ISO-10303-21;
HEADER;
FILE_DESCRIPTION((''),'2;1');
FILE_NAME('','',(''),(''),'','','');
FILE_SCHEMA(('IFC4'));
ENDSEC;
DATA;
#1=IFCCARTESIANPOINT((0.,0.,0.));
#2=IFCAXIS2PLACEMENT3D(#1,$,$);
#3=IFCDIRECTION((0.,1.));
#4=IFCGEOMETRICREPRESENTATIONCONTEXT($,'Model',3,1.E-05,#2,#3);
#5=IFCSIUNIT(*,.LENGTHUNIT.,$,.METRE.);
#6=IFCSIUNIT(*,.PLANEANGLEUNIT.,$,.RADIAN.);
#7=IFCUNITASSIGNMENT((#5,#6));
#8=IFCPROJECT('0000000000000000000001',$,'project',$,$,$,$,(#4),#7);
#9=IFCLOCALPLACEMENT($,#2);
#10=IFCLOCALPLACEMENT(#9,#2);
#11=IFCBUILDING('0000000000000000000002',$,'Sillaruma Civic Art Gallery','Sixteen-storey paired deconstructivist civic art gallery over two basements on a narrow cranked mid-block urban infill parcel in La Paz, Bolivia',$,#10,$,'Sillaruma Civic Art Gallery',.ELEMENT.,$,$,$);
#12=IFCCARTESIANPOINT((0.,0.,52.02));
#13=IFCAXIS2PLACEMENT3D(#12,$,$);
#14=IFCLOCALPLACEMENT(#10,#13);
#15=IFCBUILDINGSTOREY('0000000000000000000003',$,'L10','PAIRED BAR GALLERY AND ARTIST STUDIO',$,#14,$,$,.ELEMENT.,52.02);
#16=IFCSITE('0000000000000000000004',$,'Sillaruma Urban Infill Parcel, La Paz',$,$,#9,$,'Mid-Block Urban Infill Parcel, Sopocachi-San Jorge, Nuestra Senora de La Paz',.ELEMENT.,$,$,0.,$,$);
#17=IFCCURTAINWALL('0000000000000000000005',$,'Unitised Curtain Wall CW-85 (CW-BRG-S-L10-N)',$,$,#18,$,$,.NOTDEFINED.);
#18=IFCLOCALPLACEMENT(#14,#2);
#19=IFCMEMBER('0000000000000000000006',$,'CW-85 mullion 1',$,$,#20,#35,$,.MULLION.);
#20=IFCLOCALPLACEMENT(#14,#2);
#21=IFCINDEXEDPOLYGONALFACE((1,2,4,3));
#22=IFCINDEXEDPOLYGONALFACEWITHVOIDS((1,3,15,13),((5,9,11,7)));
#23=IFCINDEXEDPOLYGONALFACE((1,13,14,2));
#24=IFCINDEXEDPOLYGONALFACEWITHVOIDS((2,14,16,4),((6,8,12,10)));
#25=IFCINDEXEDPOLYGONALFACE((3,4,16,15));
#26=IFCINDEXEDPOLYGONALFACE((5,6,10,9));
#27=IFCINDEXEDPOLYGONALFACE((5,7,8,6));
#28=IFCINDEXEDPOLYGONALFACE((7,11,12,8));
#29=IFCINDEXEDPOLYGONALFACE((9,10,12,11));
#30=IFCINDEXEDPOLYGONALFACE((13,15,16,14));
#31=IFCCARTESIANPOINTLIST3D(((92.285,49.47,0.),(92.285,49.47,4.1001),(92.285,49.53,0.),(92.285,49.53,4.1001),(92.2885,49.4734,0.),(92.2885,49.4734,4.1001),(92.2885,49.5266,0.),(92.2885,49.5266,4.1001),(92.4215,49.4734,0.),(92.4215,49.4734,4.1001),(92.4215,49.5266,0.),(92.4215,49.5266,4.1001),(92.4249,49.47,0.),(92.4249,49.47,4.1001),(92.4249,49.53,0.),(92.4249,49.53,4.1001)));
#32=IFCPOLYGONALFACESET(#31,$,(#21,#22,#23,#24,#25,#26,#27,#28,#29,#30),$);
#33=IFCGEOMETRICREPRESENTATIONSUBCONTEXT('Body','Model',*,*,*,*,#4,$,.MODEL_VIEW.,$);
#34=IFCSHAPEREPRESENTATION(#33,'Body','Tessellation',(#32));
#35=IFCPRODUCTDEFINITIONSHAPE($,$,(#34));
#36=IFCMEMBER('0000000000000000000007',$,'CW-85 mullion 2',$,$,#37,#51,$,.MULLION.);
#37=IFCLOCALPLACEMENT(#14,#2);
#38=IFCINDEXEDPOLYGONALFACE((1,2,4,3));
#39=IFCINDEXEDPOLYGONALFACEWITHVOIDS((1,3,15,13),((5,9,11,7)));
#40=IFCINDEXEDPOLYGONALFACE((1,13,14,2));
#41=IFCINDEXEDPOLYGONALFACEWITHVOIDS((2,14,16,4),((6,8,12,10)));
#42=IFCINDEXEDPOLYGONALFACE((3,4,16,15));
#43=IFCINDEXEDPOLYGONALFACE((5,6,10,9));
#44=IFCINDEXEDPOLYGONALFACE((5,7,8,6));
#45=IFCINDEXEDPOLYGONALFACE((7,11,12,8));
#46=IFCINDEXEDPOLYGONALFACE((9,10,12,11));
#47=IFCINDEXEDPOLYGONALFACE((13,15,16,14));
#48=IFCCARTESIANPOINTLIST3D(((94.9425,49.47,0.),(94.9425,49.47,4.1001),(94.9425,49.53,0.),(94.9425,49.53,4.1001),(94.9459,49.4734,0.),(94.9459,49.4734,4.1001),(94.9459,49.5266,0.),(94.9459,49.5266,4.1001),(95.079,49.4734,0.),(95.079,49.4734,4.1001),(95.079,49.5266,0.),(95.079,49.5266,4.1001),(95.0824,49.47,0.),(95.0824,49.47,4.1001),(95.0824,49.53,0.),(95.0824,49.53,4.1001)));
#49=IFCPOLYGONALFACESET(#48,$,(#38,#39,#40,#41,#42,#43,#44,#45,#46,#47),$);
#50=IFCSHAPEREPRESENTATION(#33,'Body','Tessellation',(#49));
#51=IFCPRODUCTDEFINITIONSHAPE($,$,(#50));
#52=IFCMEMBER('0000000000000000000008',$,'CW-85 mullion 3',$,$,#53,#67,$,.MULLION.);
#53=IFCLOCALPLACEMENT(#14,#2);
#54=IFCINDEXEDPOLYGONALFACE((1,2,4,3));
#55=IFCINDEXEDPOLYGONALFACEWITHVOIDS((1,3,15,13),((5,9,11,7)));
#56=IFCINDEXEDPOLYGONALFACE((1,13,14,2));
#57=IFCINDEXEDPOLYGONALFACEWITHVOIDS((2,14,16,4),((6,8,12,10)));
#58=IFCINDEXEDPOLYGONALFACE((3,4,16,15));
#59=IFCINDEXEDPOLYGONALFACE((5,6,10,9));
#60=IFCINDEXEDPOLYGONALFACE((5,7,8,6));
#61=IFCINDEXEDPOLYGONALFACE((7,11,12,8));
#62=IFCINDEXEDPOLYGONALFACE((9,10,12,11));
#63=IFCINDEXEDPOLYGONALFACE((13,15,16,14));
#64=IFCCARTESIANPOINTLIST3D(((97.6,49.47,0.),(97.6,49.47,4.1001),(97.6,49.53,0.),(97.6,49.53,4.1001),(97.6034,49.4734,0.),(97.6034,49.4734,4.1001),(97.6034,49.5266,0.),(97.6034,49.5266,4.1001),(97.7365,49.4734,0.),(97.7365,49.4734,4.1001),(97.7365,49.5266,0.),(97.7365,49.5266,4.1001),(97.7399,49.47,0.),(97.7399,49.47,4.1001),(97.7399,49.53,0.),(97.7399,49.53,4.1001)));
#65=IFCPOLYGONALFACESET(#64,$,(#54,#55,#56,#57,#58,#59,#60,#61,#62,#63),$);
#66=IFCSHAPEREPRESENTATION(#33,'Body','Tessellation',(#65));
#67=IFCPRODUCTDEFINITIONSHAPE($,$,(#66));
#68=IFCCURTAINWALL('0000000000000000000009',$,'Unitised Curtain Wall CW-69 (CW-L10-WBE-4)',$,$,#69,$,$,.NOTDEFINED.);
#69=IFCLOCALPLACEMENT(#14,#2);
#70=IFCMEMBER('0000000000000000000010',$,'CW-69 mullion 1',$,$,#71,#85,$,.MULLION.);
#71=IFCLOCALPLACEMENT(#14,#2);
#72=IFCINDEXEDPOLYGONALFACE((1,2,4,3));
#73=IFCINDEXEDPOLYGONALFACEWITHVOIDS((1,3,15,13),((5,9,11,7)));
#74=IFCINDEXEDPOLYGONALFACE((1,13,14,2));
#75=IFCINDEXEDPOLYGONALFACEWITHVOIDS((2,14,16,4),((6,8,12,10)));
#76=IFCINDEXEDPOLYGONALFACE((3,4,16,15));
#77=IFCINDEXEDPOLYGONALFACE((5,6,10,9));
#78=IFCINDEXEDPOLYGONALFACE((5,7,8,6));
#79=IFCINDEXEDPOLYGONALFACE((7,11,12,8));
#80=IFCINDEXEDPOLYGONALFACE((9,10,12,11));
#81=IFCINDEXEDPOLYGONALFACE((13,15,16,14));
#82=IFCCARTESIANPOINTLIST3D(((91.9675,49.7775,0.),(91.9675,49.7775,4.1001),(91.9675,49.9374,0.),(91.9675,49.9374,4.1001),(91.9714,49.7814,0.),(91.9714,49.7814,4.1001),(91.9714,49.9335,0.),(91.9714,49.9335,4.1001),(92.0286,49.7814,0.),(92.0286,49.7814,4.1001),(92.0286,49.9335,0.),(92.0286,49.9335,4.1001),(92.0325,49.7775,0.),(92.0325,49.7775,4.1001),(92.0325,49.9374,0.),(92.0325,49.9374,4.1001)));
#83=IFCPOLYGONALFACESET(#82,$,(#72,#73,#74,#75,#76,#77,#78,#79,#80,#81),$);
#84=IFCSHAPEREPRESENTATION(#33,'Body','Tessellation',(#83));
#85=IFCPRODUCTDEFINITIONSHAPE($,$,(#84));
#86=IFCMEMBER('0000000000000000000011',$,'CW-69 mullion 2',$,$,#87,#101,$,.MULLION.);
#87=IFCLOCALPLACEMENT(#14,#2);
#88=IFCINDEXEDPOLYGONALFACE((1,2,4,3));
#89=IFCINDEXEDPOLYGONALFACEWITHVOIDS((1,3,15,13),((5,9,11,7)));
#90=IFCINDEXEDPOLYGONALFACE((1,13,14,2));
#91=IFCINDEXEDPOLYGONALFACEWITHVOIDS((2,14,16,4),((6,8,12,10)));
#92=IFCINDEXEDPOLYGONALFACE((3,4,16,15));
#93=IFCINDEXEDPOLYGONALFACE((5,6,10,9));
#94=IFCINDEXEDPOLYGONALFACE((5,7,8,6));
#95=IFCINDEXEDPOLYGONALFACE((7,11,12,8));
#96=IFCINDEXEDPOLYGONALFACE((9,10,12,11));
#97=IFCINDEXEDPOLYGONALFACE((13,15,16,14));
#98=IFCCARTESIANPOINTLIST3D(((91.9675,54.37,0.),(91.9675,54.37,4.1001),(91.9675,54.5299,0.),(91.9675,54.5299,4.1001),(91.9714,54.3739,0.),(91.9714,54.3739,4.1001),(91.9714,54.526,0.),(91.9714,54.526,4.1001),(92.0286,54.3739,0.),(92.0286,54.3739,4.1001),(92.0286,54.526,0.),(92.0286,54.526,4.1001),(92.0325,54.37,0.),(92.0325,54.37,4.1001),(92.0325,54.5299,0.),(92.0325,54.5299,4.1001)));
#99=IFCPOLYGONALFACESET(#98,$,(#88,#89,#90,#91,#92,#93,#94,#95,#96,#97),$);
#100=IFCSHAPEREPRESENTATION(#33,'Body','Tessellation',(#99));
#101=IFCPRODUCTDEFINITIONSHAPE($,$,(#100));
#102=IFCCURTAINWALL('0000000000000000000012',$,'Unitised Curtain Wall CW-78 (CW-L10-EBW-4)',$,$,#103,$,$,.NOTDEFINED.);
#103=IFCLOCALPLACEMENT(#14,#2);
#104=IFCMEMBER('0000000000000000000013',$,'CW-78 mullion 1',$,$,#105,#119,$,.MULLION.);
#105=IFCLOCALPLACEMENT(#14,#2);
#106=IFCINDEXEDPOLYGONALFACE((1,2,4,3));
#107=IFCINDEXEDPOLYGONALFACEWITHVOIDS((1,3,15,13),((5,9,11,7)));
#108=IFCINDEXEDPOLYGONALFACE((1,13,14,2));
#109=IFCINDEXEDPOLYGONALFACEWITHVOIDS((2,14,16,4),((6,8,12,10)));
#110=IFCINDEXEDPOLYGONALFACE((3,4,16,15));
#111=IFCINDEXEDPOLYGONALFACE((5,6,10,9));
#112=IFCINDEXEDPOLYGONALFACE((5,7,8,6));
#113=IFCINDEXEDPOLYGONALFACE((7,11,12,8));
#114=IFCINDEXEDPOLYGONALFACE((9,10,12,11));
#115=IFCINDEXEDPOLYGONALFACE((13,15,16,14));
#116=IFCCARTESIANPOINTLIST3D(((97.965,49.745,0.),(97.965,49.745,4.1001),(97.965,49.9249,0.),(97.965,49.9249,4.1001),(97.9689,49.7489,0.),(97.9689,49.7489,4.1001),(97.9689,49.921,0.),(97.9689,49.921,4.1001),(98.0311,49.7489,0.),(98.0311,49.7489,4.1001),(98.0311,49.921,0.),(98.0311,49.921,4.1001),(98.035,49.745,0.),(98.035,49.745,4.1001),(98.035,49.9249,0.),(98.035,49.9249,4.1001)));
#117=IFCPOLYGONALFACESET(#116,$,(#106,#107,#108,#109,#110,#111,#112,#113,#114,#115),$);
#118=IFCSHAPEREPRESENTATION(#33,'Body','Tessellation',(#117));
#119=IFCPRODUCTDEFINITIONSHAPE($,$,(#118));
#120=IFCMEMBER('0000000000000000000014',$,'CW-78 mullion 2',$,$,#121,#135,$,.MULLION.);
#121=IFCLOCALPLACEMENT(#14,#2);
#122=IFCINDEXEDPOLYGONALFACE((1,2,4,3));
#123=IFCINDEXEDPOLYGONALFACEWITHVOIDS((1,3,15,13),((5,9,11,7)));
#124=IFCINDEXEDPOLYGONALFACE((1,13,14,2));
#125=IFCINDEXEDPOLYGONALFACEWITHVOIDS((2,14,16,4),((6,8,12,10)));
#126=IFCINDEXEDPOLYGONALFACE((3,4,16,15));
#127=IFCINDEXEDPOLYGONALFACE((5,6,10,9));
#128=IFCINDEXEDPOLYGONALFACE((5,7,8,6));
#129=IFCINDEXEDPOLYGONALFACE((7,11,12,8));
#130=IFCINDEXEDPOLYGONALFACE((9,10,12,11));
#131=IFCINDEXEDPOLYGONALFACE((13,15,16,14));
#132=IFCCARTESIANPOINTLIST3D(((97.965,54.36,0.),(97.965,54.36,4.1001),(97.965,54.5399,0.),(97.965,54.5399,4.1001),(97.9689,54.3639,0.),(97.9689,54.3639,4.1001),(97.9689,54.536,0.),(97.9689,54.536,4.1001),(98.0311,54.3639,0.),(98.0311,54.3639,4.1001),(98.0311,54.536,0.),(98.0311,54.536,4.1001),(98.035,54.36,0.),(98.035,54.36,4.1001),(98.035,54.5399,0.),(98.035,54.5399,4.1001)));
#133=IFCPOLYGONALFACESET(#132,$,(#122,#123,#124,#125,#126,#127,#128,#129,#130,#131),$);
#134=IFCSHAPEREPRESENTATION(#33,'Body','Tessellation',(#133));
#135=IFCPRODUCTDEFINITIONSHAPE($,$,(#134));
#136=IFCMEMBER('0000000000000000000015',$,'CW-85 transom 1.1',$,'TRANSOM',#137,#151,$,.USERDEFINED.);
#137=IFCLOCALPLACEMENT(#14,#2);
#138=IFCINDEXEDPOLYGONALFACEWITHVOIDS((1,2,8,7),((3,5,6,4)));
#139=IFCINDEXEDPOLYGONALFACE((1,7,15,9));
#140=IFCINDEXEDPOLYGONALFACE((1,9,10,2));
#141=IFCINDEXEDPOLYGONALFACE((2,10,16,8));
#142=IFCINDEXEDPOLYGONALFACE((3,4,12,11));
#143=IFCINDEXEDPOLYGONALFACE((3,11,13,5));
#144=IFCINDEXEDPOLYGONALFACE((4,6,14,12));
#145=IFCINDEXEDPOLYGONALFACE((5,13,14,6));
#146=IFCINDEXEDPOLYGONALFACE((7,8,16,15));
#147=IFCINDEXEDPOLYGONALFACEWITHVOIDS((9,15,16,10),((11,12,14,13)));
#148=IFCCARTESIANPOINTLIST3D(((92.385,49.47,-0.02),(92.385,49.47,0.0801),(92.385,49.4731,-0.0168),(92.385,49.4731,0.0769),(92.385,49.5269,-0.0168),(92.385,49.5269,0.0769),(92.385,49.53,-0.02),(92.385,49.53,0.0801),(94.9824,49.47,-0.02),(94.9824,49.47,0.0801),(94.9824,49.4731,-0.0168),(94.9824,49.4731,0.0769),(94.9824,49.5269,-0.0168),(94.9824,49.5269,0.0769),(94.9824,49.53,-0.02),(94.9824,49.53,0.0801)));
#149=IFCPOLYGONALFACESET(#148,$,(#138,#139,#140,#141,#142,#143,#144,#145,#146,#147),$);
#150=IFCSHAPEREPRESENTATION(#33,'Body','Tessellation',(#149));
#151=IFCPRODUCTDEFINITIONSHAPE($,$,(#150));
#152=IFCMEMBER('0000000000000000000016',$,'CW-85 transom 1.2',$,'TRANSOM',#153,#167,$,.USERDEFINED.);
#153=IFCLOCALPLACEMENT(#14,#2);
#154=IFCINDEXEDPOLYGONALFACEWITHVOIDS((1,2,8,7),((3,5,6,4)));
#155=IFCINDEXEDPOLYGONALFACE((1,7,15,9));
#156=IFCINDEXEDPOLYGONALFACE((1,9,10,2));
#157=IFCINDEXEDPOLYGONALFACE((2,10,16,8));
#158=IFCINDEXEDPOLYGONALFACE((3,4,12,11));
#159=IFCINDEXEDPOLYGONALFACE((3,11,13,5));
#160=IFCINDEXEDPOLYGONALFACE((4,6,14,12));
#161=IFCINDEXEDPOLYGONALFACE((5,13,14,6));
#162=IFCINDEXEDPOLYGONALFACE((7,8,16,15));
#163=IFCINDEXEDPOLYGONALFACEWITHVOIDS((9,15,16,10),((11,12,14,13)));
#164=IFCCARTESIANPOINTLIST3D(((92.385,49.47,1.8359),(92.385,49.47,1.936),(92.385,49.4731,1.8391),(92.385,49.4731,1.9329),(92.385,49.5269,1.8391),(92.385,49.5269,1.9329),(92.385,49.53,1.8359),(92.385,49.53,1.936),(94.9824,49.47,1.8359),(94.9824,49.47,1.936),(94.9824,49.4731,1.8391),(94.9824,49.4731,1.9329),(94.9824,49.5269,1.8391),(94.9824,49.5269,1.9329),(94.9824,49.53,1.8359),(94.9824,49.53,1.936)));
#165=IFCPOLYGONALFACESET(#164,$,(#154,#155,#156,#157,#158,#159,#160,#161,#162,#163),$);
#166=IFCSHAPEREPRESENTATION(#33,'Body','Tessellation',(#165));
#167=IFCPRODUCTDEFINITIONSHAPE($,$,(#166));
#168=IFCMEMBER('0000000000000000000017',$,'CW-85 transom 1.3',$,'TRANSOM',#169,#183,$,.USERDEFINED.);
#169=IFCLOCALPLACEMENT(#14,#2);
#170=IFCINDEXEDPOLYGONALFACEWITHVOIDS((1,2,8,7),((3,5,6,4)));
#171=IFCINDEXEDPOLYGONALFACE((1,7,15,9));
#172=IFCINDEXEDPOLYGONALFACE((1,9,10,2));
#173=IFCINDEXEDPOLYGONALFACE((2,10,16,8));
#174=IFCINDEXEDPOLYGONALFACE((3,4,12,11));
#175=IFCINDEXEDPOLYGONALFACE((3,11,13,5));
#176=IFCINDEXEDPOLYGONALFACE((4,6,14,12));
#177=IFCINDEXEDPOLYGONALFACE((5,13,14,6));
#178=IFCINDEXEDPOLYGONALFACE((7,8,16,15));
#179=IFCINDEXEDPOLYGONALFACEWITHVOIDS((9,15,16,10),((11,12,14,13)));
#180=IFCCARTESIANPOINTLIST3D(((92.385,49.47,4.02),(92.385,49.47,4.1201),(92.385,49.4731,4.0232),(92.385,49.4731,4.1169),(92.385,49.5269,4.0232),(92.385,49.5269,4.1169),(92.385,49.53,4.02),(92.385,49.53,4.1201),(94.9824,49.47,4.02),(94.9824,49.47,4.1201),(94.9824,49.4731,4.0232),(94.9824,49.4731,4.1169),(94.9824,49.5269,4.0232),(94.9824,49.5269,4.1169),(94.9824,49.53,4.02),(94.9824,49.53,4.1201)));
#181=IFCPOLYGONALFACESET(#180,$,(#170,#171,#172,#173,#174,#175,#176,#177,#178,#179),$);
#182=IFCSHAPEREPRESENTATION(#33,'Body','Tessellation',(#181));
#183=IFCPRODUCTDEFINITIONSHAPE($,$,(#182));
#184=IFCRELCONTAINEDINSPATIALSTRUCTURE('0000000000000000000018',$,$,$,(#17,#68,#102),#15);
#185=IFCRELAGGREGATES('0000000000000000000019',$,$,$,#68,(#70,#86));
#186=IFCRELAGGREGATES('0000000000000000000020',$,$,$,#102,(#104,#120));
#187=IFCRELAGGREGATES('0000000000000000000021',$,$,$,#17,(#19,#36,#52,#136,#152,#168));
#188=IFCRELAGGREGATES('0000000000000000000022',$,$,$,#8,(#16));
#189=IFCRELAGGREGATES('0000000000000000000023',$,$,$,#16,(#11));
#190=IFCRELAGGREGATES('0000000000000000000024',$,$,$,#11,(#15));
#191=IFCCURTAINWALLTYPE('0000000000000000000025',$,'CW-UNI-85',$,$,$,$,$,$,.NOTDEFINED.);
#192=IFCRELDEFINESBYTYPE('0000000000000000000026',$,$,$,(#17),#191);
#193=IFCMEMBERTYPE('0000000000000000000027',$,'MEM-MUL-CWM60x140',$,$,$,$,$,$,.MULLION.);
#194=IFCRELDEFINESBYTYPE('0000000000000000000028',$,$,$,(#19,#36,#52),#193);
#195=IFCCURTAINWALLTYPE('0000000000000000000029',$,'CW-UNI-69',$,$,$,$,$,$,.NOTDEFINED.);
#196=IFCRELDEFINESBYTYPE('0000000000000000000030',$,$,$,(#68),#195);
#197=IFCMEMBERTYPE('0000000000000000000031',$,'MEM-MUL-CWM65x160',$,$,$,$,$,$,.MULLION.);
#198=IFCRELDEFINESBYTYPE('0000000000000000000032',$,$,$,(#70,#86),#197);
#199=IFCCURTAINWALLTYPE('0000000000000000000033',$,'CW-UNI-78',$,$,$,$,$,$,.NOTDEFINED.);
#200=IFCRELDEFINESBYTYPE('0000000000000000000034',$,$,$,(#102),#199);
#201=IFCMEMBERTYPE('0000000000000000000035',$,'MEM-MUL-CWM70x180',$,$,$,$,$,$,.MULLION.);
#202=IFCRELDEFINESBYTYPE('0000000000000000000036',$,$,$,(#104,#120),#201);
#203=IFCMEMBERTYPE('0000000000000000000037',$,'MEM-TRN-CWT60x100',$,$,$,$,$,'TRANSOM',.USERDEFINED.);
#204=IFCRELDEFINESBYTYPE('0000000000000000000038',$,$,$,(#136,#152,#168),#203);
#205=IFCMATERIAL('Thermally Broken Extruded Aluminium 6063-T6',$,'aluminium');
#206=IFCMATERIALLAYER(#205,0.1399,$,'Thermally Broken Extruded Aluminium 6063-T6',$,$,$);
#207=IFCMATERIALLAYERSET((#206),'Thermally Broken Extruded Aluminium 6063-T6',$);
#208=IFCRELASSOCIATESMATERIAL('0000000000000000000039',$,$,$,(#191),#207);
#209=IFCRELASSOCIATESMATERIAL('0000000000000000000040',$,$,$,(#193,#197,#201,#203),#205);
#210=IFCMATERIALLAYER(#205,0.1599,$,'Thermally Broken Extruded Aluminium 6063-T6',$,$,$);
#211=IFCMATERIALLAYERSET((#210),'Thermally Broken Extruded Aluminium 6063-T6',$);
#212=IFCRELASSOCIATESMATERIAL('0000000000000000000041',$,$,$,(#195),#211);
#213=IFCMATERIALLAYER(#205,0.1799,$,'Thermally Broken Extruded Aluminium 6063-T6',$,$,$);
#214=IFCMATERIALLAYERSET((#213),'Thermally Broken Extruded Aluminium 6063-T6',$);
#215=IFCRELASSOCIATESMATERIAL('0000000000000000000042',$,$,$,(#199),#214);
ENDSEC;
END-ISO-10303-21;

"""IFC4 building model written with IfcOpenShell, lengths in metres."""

from ifc_helpers import new_model, si_unit, direction, frame, origin, origin_2d, place, context, subcontext, project, spatial, hollow_rectangle, extrude, material, layer, layer_set, material_profile, profile_set, type_object, element, aggregate, save


model = new_model("IFC4")

# Units and contexts
model_context = context("Model", 3, precision=1e-05, world=origin(), true_north=direction((0.0, 1.0)))
body_context = subcontext(model_context, "Body", "Model", "MODEL_VIEW")
ifc_project = project(units=[si_unit("LENGTHUNIT", "METRE"), si_unit("PLANEANGLEUNIT", "RADIAN")], contexts=[model_context])

# Site, building, storey
site_placement = place(None, origin())
site = spatial("IfcSite", under=ifc_project, at=site_placement, Name="Sillaruma Urban Infill Parcel, La Paz", LongName="Mid-Block Urban Infill Parcel, Sopocachi-San Jorge, Nuestra Senora de La Paz", CompositionType="ELEMENT", RefElevation=0.0)
building_placement = place(site_placement, origin())
building = spatial("IfcBuilding", under=site, at=building_placement, Name="Sillaruma Civic Art Gallery", Description="Sixteen-storey paired deconstructivist civic art gallery over two basements on a narrow cranked mid-block urban infill parcel in La Paz, Bolivia", LongName="Sillaruma Civic Art Gallery", CompositionType="ELEMENT")
storey_placement = place(building_placement, frame((0.0, 0.0, 52.02)))
storey = spatial("IfcBuildingStorey", under=building, at=storey_placement, Name="L10", Description="PAIRED BAR GALLERY AND ARTIST STUDIO", CompositionType="ELEMENT", Elevation=52.02)

# Curtain walls, members
ifc_material_1 = material(Name="Thermally Broken Extruded Aluminium 6063-T6", Category="aluminium")
ifc_layer_1 = layer(ifc_material_1, 0.1399, Name="Thermally Broken Extruded Aluminium 6063-T6")
ifc_layer_set_1 = layer_set([ifc_layer_1], Name="Thermally Broken Extruded Aluminium 6063-T6")
curtain_wall_type_1 = type_object("IfcCurtainWallType", Name="CW-UNI-85", PredefinedType="NOTDEFINED", material=ifc_layer_set_1)
curtain_wall_1_placement = place(storey_placement, origin())
curtain_wall_1 = element("IfcCurtainWall", 1, at=curtain_wall_1_placement, inside=storey, type_object=curtain_wall_type_1, Name="Unitised Curtain Wall CW-85 (CW-BRG-S-L10-N)", PredefinedType="NOTDEFINED")
ifc_material_profile_1 = material_profile(ifc_material_1, hollow_rectangle(XDim=0.0601, YDim=0.1399, WallThickness=0.0034, at=origin_2d()), Name="CWM60x140")
ifc_profile_set_1 = profile_set([ifc_material_profile_1], Name="Thermally Broken Extruded Aluminium 6063-T6")
member_type_1 = type_object("IfcMemberType", Name="MEM-MUL-CWM60x140", PredefinedType="MULLION", material=ifc_profile_set_1)
member_1_placement = place(storey_placement, frame((92.355, 49.5, 0.0), z_axis=(0.0, 0.0, 1.0), x_axis=(0.0, 1.0, 0.0)))
member_1 = element("IfcMember", 2, at=member_1_placement, type_object=member_type_1, Name="CW-85 mullion 1", PredefinedType="MULLION", context=body_context, shape_type="SweptSolid", body=[
    extrude(hollow_rectangle(XDim=0.0601, YDim=0.1399, WallThickness=0.0034, at=origin_2d()), origin(), (0.0, 0.0, 1.0), 4.1001),
])
member_2_placement = place(storey_placement, frame((95.0125, 49.5, 0.0), z_axis=(0.0, 0.0, 1.0), x_axis=(0.0, 1.0, 0.0)))
member_2 = element("IfcMember", 3, at=member_2_placement, type_object=member_type_1, Name="CW-85 mullion 2", PredefinedType="MULLION", context=body_context, shape_type="SweptSolid", body=[
    extrude(hollow_rectangle(XDim=0.0601, YDim=0.1399, WallThickness=0.0034, at=origin_2d()), origin(), (0.0, 0.0, 1.0), 4.1001),
])
member_3_placement = place(storey_placement, frame((97.6699, 49.5, 0.0), z_axis=(0.0, 0.0, 1.0), x_axis=(0.0, 1.0, 0.0)))
member_3 = element("IfcMember", 4, at=member_3_placement, type_object=member_type_1, Name="CW-85 mullion 3", PredefinedType="MULLION", context=body_context, shape_type="SweptSolid", body=[
    extrude(hollow_rectangle(XDim=0.0601, YDim=0.1399, WallThickness=0.0034, at=origin_2d()), origin(), (0.0, 0.0, 1.0), 4.1001),
])
ifc_layer_2 = layer(ifc_material_1, 0.1599, Name="Thermally Broken Extruded Aluminium 6063-T6")
ifc_layer_set_2 = layer_set([ifc_layer_2], Name="Thermally Broken Extruded Aluminium 6063-T6")
curtain_wall_type_2 = type_object("IfcCurtainWallType", Name="CW-UNI-69", PredefinedType="NOTDEFINED", material=ifc_layer_set_2)
curtain_wall_2_placement = place(storey_placement, origin())
curtain_wall_2 = element("IfcCurtainWall", 5, at=curtain_wall_2_placement, inside=storey, type_object=curtain_wall_type_2, Name="Unitised Curtain Wall CW-69 (CW-L10-WBE-4)", PredefinedType="NOTDEFINED")
ifc_material_profile_2 = material_profile(ifc_material_1, hollow_rectangle(XDim=0.0649, YDim=0.1599, WallThickness=0.0039, at=origin_2d()), Name="CWM65x160")
ifc_profile_set_2 = profile_set([ifc_material_profile_2], Name="Thermally Broken Extruded Aluminium 6063-T6")
member_type_2 = type_object("IfcMemberType", Name="MEM-MUL-CWM65x160", PredefinedType="MULLION", material=ifc_profile_set_2)
member_4_placement = place(storey_placement, frame((92.0, 49.8574, 0.0), z_axis=(0.0, 0.0, 1.0), x_axis=(-1.0, 0.0, 0.0)))
member_4 = element("IfcMember", 6, at=member_4_placement, type_object=member_type_2, Name="CW-69 mullion 1", PredefinedType="MULLION", context=body_context, shape_type="SweptSolid", body=[
    extrude(hollow_rectangle(XDim=0.0649, YDim=0.1599, WallThickness=0.0039, at=origin_2d()), origin(), (0.0, 0.0, 1.0), 4.1001),
])
member_5_placement = place(storey_placement, frame((92.0, 54.45, 0.0), z_axis=(0.0, 0.0, 1.0), x_axis=(-1.0, 0.0, 0.0)))
member_5 = element("IfcMember", 7, at=member_5_placement, type_object=member_type_2, Name="CW-69 mullion 2", PredefinedType="MULLION", context=body_context, shape_type="SweptSolid", body=[
    extrude(hollow_rectangle(XDim=0.0649, YDim=0.1599, WallThickness=0.0039, at=origin_2d()), origin(), (0.0, 0.0, 1.0), 4.1001),
])
ifc_layer_3 = layer(ifc_material_1, 0.1799, Name="Thermally Broken Extruded Aluminium 6063-T6")
ifc_layer_set_3 = layer_set([ifc_layer_3], Name="Thermally Broken Extruded Aluminium 6063-T6")
curtain_wall_type_3 = type_object("IfcCurtainWallType", Name="CW-UNI-78", PredefinedType="NOTDEFINED", material=ifc_layer_set_3)
curtain_wall_3_placement = place(storey_placement, origin())
curtain_wall_3 = element("IfcCurtainWall", 8, at=curtain_wall_3_placement, inside=storey, type_object=curtain_wall_type_3, Name="Unitised Curtain Wall CW-78 (CW-L10-EBW-4)", PredefinedType="NOTDEFINED")
ifc_material_profile_3 = material_profile(ifc_material_1, hollow_rectangle(XDim=0.0701, YDim=0.1799, WallThickness=0.0039, at=origin_2d()), Name="CWM70x180")
ifc_profile_set_3 = profile_set([ifc_material_profile_3], Name="Thermally Broken Extruded Aluminium 6063-T6")
member_type_3 = type_object("IfcMemberType", Name="MEM-MUL-CWM70x180", PredefinedType="MULLION", material=ifc_profile_set_3)
member_6_placement = place(storey_placement, frame((98.0, 49.835, 0.0), z_axis=(0.0, 0.0, 1.0), x_axis=(-1.0, 0.0, 0.0)))
member_6 = element("IfcMember", 9, at=member_6_placement, type_object=member_type_3, Name="CW-78 mullion 1", PredefinedType="MULLION", context=body_context, shape_type="SweptSolid", body=[
    extrude(hollow_rectangle(XDim=0.0701, YDim=0.1799, WallThickness=0.0039, at=origin_2d()), origin(), (0.0, 0.0, 1.0), 4.1001),
])
member_7_placement = place(storey_placement, frame((98.0, 54.45, 0.0), z_axis=(0.0, 0.0, 1.0), x_axis=(-1.0, 0.0, 0.0)))
member_7 = element("IfcMember", 10, at=member_7_placement, type_object=member_type_3, Name="CW-78 mullion 2", PredefinedType="MULLION", context=body_context, shape_type="SweptSolid", body=[
    extrude(hollow_rectangle(XDim=0.0701, YDim=0.1799, WallThickness=0.0039, at=origin_2d()), origin(), (0.0, 0.0, 1.0), 4.1001),
])

# Members
ifc_material_profile_4 = material_profile(ifc_material_1, hollow_rectangle(XDim=0.0601, YDim=0.1001, WallThickness=0.0032, at=origin_2d()), Name="CWT60x100")
ifc_profile_set_4 = profile_set([ifc_material_profile_4], Name="Thermally Broken Extruded Aluminium 6063-T6")
member_type_4 = type_object("IfcMemberType", Name="MEM-TRN-CWT60x100", ElementType="TRANSOM", PredefinedType="USERDEFINED", material=ifc_profile_set_4)
member_8_placement = place(storey_placement, frame((92.385, 49.5, 0.03), z_axis=(1.0, 0.0, 0.0), x_axis=(0.0, 1.0, 0.0)))
member_8 = element("IfcMember", 11, at=member_8_placement, type_object=member_type_4, Name="CW-85 transom 1.1", ObjectType="TRANSOM", PredefinedType="USERDEFINED", context=body_context, shape_type="SweptSolid", body=[
    extrude(hollow_rectangle(XDim=0.0601, YDim=0.1001, WallThickness=0.0032, at=origin_2d()), origin(), (0.0, 0.0, 1.0), 2.5974),
])
member_9_placement = place(storey_placement, frame((92.385, 49.5, 1.886), z_axis=(1.0, 0.0, 0.0), x_axis=(0.0, 1.0, 0.0)))
member_9 = element("IfcMember", 12, at=member_9_placement, type_object=member_type_4, Name="CW-85 transom 1.2", ObjectType="TRANSOM", PredefinedType="USERDEFINED", context=body_context, shape_type="SweptSolid", body=[
    extrude(hollow_rectangle(XDim=0.0601, YDim=0.1001, WallThickness=0.0032, at=origin_2d()), origin(), (0.0, 0.0, 1.0), 2.5974),
])
member_10_placement = place(storey_placement, frame((92.385, 49.5, 4.0701), z_axis=(1.0, 0.0, 0.0), x_axis=(0.0, 1.0, 0.0)))
member_10 = element("IfcMember", 13, at=member_10_placement, type_object=member_type_4, Name="CW-85 transom 1.3", ObjectType="TRANSOM", PredefinedType="USERDEFINED", context=body_context, shape_type="SweptSolid", body=[
    extrude(hollow_rectangle(XDim=0.0601, YDim=0.1001, WallThickness=0.0032, at=origin_2d()), origin(), (0.0, 0.0, 1.0), 2.5974),
])

aggregate(curtain_wall_2, [member_4, member_5])
aggregate(curtain_wall_3, [member_6, member_7])
aggregate(curtain_wall_1, [member_1, member_2, member_3, member_8, member_9, member_10])

save(model, "model.ifc")
